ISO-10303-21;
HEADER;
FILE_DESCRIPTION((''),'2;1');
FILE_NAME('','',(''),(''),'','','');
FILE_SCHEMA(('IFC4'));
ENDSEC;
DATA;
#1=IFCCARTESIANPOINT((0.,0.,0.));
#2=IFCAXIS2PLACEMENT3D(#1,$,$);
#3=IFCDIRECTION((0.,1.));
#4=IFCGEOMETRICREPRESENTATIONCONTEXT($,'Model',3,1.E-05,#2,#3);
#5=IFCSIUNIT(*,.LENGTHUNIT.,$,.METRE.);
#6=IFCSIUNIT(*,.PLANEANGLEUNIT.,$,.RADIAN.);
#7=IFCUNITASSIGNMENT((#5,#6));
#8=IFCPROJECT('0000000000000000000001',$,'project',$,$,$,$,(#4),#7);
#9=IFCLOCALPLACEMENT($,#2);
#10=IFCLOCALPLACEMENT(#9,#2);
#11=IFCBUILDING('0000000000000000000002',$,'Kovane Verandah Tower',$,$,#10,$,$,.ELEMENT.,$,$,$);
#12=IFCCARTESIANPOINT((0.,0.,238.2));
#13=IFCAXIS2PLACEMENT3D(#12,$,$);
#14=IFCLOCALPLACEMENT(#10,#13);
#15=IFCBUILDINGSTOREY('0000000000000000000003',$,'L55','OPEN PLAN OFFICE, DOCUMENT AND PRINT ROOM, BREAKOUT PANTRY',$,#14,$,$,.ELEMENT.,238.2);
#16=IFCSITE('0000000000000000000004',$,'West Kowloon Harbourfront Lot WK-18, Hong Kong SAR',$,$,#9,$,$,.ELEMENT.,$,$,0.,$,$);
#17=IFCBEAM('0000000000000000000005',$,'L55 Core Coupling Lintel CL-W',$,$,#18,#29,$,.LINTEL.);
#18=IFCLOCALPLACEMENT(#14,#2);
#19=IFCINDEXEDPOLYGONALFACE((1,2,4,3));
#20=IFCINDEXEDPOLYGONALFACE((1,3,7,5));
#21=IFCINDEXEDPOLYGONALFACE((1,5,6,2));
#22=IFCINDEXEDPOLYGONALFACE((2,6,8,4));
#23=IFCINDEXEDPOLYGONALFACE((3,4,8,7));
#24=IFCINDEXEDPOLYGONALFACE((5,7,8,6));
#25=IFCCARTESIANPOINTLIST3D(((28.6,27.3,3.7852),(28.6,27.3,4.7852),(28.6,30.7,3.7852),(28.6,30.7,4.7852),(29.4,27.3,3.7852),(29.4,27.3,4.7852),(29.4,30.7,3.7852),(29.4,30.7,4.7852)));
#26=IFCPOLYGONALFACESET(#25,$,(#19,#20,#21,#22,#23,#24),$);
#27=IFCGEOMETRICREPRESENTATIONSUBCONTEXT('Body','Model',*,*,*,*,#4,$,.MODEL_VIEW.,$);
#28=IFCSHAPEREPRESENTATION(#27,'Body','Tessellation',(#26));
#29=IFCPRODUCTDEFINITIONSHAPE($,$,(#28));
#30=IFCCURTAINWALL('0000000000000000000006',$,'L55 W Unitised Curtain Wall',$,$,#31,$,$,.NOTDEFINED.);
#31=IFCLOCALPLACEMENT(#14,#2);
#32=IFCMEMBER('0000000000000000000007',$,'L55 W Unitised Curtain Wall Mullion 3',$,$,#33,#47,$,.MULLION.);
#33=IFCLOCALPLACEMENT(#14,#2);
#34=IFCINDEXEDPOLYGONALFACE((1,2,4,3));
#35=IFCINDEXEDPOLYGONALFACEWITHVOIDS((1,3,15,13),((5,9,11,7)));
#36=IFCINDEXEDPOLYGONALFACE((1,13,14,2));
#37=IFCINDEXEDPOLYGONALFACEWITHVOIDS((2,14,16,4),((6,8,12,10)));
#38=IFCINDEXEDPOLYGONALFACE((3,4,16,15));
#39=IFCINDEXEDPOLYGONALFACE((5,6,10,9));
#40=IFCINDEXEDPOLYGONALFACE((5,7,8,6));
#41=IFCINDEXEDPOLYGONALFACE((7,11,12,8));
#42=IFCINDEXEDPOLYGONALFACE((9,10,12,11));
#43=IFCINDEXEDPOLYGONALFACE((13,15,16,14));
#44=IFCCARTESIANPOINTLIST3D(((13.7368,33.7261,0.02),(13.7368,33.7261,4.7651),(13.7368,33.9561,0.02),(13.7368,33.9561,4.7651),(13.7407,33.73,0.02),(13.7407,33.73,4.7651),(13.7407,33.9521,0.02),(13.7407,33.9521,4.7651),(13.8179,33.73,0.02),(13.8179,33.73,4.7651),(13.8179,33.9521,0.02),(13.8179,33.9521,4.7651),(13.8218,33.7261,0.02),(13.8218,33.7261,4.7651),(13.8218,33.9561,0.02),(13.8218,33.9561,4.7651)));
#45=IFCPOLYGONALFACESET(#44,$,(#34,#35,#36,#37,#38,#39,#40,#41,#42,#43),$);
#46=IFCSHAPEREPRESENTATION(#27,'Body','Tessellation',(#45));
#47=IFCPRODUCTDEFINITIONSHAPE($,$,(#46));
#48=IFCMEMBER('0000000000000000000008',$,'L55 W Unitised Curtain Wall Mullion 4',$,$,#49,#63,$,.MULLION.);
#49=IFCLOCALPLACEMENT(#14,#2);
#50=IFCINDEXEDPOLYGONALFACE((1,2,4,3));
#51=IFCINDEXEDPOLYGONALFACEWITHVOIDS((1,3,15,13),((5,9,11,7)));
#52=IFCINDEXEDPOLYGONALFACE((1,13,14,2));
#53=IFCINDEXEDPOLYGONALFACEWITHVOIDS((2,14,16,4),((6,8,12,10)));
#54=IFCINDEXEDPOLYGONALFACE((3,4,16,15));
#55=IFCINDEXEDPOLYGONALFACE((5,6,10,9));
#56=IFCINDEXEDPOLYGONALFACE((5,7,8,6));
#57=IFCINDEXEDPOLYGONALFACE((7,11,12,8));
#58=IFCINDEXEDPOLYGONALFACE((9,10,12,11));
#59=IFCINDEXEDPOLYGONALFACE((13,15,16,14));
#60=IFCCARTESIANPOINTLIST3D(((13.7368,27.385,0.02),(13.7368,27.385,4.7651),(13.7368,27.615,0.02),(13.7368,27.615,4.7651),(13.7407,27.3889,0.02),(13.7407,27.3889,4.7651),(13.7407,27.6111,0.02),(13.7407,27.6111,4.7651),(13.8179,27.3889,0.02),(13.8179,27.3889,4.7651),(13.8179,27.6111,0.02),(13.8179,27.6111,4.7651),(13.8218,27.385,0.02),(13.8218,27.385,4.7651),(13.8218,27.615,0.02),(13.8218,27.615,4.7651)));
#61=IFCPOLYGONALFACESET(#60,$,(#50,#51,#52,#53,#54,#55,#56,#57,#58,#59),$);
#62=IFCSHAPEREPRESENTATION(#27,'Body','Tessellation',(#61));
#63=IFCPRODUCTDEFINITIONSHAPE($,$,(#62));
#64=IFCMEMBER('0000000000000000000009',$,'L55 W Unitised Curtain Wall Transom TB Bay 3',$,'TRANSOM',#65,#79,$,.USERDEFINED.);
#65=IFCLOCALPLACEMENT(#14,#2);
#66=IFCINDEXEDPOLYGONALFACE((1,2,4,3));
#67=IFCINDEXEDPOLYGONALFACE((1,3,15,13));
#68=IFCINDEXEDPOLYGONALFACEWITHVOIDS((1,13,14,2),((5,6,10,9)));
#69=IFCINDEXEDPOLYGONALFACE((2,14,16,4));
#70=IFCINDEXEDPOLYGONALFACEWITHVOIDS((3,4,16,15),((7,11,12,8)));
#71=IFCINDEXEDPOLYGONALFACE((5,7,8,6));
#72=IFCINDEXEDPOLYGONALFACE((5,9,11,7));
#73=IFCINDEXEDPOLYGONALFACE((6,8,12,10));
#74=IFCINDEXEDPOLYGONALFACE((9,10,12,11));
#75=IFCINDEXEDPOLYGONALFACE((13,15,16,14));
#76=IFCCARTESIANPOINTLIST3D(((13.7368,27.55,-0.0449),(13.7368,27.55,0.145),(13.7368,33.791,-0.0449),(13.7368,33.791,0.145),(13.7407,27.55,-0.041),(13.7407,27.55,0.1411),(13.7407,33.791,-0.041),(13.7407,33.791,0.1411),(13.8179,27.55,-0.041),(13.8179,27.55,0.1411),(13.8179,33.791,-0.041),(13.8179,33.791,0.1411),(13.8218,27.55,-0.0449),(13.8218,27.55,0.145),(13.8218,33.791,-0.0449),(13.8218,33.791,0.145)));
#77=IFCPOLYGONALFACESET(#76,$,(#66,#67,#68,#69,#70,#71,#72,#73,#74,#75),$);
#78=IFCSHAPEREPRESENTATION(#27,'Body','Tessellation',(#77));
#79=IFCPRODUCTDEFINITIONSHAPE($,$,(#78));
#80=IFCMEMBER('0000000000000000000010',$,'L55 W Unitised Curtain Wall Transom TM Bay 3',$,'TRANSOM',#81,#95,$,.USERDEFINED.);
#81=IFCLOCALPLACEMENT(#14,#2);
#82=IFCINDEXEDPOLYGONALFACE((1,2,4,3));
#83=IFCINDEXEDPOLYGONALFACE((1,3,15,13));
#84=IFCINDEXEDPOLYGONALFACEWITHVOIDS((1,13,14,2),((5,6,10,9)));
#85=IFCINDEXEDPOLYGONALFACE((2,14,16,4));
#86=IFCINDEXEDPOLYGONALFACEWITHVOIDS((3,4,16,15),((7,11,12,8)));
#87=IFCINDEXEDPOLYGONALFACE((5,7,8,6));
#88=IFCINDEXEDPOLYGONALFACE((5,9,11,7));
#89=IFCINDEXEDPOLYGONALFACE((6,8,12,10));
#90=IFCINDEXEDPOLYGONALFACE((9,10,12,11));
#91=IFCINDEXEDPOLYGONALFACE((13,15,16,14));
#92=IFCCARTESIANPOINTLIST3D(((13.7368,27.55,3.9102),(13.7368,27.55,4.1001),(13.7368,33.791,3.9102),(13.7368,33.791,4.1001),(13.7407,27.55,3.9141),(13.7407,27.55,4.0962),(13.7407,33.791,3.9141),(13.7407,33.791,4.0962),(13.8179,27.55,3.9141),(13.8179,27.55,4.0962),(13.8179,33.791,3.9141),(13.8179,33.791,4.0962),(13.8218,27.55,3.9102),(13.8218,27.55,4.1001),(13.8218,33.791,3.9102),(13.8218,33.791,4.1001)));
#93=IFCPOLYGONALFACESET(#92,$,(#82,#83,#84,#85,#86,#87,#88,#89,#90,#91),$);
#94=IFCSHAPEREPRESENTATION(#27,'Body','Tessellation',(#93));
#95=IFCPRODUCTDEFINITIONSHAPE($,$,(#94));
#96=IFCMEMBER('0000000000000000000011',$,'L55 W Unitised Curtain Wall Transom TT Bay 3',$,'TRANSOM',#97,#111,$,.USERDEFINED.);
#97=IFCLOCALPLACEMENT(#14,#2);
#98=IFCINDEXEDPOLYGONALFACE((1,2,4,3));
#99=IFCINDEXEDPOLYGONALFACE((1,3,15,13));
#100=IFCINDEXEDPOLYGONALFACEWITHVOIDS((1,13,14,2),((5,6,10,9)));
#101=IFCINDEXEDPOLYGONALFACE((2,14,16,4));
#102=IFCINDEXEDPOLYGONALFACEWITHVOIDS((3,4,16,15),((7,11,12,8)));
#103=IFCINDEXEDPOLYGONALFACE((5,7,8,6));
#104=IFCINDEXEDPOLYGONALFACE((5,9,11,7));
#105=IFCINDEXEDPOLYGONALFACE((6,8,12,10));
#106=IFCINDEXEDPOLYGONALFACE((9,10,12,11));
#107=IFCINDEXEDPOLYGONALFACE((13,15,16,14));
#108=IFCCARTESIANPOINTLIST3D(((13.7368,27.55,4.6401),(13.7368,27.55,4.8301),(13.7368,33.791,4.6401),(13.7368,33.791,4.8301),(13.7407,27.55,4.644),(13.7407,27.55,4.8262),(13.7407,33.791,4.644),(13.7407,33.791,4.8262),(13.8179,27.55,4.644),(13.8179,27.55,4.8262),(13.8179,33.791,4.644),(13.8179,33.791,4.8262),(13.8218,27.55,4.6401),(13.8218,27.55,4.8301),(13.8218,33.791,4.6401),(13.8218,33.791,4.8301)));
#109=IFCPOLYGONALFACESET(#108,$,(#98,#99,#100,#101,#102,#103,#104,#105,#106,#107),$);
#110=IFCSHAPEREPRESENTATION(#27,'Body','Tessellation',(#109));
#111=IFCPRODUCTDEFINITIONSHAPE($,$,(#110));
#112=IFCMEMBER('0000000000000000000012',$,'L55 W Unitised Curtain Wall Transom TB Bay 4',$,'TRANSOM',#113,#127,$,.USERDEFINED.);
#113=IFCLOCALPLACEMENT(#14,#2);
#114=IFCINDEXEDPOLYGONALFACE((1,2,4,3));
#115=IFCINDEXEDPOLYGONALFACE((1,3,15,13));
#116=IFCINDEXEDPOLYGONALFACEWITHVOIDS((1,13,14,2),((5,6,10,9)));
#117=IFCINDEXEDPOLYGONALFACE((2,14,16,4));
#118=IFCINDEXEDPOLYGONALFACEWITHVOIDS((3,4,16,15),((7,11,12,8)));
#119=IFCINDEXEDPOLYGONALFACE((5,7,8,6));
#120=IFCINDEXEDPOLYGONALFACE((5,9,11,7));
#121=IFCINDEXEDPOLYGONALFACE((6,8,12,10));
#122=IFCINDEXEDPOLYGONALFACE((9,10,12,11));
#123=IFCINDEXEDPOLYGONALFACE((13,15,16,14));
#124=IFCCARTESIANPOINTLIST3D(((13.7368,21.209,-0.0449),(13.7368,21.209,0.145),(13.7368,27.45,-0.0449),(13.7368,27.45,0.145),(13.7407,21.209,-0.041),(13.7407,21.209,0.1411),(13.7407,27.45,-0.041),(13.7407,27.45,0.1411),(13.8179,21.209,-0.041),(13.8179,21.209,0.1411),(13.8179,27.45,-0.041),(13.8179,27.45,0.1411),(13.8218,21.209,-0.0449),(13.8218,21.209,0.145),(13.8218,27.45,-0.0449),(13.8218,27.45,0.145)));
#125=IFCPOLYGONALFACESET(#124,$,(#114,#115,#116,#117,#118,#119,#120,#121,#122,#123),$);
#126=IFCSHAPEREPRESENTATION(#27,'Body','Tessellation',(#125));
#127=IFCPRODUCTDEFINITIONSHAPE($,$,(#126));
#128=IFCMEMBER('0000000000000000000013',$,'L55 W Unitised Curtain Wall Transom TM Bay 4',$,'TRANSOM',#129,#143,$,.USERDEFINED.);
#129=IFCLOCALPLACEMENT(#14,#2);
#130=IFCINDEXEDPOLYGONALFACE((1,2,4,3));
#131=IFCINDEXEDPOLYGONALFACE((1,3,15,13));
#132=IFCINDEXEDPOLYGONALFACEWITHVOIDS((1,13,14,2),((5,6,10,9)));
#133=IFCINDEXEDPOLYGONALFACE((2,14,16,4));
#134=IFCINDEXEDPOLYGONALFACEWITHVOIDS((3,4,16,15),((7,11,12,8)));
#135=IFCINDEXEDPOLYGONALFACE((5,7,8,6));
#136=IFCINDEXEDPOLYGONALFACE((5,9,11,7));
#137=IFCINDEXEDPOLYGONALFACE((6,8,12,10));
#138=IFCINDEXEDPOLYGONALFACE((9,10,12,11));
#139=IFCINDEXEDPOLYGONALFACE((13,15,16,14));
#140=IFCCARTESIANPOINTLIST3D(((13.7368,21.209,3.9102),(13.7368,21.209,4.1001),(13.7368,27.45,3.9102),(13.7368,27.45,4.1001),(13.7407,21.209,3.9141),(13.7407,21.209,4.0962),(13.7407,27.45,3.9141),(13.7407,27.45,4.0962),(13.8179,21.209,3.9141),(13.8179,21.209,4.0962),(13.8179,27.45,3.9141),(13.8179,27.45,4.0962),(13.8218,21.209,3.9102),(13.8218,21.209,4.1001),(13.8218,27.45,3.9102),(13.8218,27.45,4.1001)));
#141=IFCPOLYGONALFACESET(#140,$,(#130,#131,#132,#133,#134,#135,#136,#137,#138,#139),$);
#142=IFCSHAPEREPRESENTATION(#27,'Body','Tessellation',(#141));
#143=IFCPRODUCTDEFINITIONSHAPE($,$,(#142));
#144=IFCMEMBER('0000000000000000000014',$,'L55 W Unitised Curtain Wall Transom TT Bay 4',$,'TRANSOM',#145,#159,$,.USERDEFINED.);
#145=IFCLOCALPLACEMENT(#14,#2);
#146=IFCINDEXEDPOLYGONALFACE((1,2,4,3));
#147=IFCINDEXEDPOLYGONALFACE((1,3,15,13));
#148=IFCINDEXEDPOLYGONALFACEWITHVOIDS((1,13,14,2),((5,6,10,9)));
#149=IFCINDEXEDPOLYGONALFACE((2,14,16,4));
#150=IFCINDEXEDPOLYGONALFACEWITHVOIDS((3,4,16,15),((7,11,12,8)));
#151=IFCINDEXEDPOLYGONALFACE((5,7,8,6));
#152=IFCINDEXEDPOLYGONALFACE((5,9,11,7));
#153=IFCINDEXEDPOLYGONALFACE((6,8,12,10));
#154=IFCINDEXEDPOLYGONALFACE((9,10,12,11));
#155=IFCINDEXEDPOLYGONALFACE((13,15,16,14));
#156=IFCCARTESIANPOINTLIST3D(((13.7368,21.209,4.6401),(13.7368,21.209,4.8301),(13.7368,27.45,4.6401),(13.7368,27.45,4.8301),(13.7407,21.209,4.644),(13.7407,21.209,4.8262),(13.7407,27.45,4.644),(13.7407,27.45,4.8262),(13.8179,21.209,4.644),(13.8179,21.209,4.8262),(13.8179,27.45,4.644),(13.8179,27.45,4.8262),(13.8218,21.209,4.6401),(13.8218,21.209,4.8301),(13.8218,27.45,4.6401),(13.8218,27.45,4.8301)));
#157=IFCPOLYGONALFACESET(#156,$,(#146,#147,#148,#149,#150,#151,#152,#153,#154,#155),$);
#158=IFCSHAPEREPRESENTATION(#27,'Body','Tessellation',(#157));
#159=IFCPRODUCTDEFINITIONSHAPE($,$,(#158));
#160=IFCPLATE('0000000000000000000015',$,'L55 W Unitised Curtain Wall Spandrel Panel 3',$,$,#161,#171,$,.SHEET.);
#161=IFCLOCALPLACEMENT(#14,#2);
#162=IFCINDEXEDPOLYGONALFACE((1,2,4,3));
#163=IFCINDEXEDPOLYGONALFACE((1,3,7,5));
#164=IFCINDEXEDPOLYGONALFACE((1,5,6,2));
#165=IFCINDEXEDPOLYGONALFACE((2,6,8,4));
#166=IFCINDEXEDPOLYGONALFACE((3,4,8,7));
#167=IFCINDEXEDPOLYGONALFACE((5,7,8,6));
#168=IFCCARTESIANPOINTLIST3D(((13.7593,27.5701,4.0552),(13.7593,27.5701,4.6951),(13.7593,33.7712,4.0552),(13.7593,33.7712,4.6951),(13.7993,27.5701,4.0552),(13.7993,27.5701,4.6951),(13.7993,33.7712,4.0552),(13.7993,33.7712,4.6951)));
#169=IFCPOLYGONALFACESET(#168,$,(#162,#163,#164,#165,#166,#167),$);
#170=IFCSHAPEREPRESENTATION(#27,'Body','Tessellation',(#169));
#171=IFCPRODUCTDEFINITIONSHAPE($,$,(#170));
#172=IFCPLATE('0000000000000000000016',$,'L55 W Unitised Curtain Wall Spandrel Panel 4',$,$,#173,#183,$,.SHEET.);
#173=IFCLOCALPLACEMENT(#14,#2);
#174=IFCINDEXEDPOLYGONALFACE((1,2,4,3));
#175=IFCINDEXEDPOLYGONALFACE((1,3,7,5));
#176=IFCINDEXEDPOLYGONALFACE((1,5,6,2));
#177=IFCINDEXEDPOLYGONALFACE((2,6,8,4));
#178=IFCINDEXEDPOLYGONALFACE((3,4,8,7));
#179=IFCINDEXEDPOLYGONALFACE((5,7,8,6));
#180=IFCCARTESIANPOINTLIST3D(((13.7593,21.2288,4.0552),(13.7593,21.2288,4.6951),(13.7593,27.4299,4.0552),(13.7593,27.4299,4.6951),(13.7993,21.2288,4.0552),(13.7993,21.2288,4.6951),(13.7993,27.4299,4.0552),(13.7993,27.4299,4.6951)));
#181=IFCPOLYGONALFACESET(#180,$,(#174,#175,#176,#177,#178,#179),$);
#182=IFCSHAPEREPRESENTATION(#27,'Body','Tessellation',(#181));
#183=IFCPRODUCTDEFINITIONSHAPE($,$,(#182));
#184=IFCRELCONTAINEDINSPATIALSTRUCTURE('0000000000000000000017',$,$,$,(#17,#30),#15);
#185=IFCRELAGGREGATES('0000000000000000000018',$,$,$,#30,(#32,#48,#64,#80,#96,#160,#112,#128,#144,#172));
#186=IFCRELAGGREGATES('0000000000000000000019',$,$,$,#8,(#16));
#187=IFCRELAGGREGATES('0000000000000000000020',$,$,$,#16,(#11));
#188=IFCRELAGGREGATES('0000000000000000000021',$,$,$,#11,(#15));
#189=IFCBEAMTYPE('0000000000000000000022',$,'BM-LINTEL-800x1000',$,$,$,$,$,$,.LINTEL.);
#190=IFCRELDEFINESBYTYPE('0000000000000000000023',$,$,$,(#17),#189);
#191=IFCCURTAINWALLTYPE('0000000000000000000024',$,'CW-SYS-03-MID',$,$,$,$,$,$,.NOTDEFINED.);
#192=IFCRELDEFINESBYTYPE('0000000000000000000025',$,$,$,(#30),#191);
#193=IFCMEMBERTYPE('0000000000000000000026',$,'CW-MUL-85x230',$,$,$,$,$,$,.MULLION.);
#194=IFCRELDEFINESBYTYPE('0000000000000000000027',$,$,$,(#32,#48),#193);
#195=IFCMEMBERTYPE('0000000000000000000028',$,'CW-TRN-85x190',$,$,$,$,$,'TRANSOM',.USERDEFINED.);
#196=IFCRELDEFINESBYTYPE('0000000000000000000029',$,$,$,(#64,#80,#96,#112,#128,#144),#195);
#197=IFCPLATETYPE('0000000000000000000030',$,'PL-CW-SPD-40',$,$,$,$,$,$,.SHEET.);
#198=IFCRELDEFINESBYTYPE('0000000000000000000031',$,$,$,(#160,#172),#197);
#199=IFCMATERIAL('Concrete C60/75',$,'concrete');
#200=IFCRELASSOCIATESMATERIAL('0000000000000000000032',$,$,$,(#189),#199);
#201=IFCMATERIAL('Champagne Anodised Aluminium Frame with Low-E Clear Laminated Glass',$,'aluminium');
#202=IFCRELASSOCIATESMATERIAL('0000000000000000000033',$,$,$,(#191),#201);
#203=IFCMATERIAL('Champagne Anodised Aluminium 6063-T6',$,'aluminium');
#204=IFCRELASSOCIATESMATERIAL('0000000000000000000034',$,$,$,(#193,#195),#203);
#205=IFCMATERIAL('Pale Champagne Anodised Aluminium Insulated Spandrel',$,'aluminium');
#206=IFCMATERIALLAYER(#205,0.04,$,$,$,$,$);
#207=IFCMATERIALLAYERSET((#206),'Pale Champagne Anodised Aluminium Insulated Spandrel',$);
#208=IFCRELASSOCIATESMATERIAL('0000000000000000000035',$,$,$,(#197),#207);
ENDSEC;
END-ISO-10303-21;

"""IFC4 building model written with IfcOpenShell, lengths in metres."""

from ifc_helpers import new_model, si_unit, direction, frame, origin, origin_2d, place, context, subcontext, project, spatial, rectangle, hollow_rectangle, extrude, material, layer, layer_set, material_profile, profile_set, type_object, element, aggregate, save


model = new_model("IFC4")

# Units and contexts
model_context = context("Model", 3, precision=1e-05, world=origin(), true_north=direction((0.0, 1.0)))
body_context = subcontext(model_context, "Body", "Model", "MODEL_VIEW")
ifc_project = project(units=[si_unit("LENGTHUNIT", "METRE"), si_unit("PLANEANGLEUNIT", "RADIAN")], contexts=[model_context])

# Site, building, storey
site_placement = place(None, origin())
site = spatial("IfcSite", under=ifc_project, at=site_placement, Name="West Kowloon Harbourfront Lot WK-18, Hong Kong SAR", CompositionType="ELEMENT", RefElevation=0.0)
building_placement = place(site_placement, origin())
building = spatial("IfcBuilding", under=site, at=building_placement, Name="Kovane Verandah Tower", CompositionType="ELEMENT")
storey_placement = place(building_placement, frame((0.0, 0.0, 238.2)))
storey = spatial("IfcBuildingStorey", under=building, at=storey_placement, Name="L55", Description="OPEN PLAN OFFICE, DOCUMENT AND PRINT ROOM, BREAKOUT PANTRY", CompositionType="ELEMENT", Elevation=238.2)

# Beam
ifc_material_1 = material(Name="Concrete C60/75", Category="concrete")
ifc_material_profile_1 = material_profile(ifc_material_1, rectangle(XDim=0.8, YDim=1.0, at=origin_2d()), Name="RCB800x1000")
ifc_profile_set_1 = profile_set([ifc_material_profile_1], Name="Concrete C60/75")
beam_type = type_object("IfcBeamType", Name="BM-LINTEL-800x1000", PredefinedType="LINTEL", material=ifc_profile_set_1)
beam_placement = place(storey_placement, frame((29.0, 27.3, 4.2852), z_axis=(0.0, 1.0, 0.0), x_axis=(-1.0, 0.0, 0.0)))
element("IfcBeam", 1, at=beam_placement, inside=storey, type_object=beam_type, Name="L55 Core Coupling Lintel CL-W", PredefinedType="LINTEL", context=body_context, shape_type="SweptSolid", body=[
    extrude(rectangle(XDim=0.8, YDim=1.0, at=origin_2d()), origin(), (0.0, 0.0, 1.0), 3.3999),
])

# Curtain wall, members, plates
ifc_material_2 = material(Name="Champagne Anodised Aluminium Frame with Low-E Clear Laminated Glass", Category="aluminium")
curtain_wall_type = type_object("IfcCurtainWallType", Name="CW-SYS-03-MID", PredefinedType="NOTDEFINED", material=ifc_material_2)
curtain_wall_placement = place(storey_placement, origin())
curtain_wall = element("IfcCurtainWall", 2, at=curtain_wall_placement, inside=storey, type_object=curtain_wall_type, Name="L55 W Unitised Curtain Wall", PredefinedType="NOTDEFINED")
ifc_material_3 = material(Name="Champagne Anodised Aluminium 6063-T6", Category="aluminium")
ifc_material_profile_2 = material_profile(ifc_material_3, hollow_rectangle(XDim=0.085, YDim=0.23, WallThickness=0.0039, at=origin_2d()), Name="AL85x230x4")
ifc_profile_set_2 = profile_set([ifc_material_profile_2], Name="Champagne Anodised Aluminium 6063-T6")
member_type_1 = type_object("IfcMemberType", Name="CW-MUL-85x230", PredefinedType="MULLION", material=ifc_profile_set_2)
member_1_placement = place(storey_placement, frame((13.7793, 33.8411, 0.02), z_axis=(0.0, 0.0, 1.0), x_axis=(-1.0, 0.0, 0.0)))
member_1 = element("IfcMember", 3, at=member_1_placement, type_object=member_type_1, Name="L55 W Unitised Curtain Wall Mullion 3", PredefinedType="MULLION", context=body_context, shape_type="SweptSolid", body=[
    extrude(hollow_rectangle(XDim=0.085, YDim=0.23, WallThickness=0.0039, at=origin_2d()), origin(), (0.0, 0.0, 1.0), 4.7451),
])
member_2_placement = place(storey_placement, frame((13.7793, 27.5, 0.02), z_axis=(0.0, 0.0, 1.0), x_axis=(-1.0, 0.0, 0.0)))
member_2 = element("IfcMember", 4, at=member_2_placement, type_object=member_type_1, Name="L55 W Unitised Curtain Wall Mullion 4", PredefinedType="MULLION", context=body_context, shape_type="SweptSolid", body=[
    extrude(hollow_rectangle(XDim=0.085, YDim=0.23, WallThickness=0.0039, at=origin_2d()), origin(), (0.0, 0.0, 1.0), 4.7451),
])
ifc_material_profile_3 = material_profile(ifc_material_3, hollow_rectangle(XDim=0.085, YDim=0.1899, WallThickness=0.0039, at=origin_2d()), Name="AL85x190x4")
ifc_profile_set_3 = profile_set([ifc_material_profile_3], Name="Champagne Anodised Aluminium 6063-T6")
member_type_2 = type_object("IfcMemberType", Name="CW-TRN-85x190", ElementType="TRANSOM", PredefinedType="USERDEFINED", material=ifc_profile_set_3)
member_3_placement = place(storey_placement, frame((13.7793, 33.791, 0.05), z_axis=(0.0, -1.0, 0.0), x_axis=(1.0, 0.0, 0.0)))
member_3 = element("IfcMember", 5, at=member_3_placement, type_object=member_type_2, Name="L55 W Unitised Curtain Wall Transom TB Bay 3", ObjectType="TRANSOM", PredefinedType="USERDEFINED", context=body_context, shape_type="SweptSolid", body=[
    extrude(hollow_rectangle(XDim=0.085, YDim=0.1899, WallThickness=0.0039, at=origin_2d()), origin(), (0.0, 0.0, 1.0), 6.241),
])
member_4_placement = place(storey_placement, frame((13.7793, 33.791, 4.0051), z_axis=(0.0, -1.0, 0.0), x_axis=(1.0, 0.0, 0.0)))
member_4 = element("IfcMember", 6, at=member_4_placement, type_object=member_type_2, Name="L55 W Unitised Curtain Wall Transom TM Bay 3", ObjectType="TRANSOM", PredefinedType="USERDEFINED", context=body_context, shape_type="SweptSolid", body=[
    extrude(hollow_rectangle(XDim=0.085, YDim=0.1899, WallThickness=0.0039, at=origin_2d()), origin(), (0.0, 0.0, 1.0), 6.241),
])
member_5_placement = place(storey_placement, frame((13.7793, 33.791, 4.7351), z_axis=(0.0, -1.0, 0.0), x_axis=(1.0, 0.0, 0.0)))
member_5 = element("IfcMember", 7, at=member_5_placement, type_object=member_type_2, Name="L55 W Unitised Curtain Wall Transom TT Bay 3", ObjectType="TRANSOM", PredefinedType="USERDEFINED", context=body_context, shape_type="SweptSolid", body=[
    extrude(hollow_rectangle(XDim=0.085, YDim=0.1899, WallThickness=0.0039, at=origin_2d()), origin(), (0.0, 0.0, 1.0), 6.241),
])
member_6_placement = place(storey_placement, frame((13.7793, 27.45, 0.05), z_axis=(0.0, -1.0, 0.0), x_axis=(1.0, 0.0, 0.0)))
member_6 = element("IfcMember", 8, at=member_6_placement, type_object=member_type_2, Name="L55 W Unitised Curtain Wall Transom TB Bay 4", ObjectType="TRANSOM", PredefinedType="USERDEFINED", context=body_context, shape_type="SweptSolid", body=[
    extrude(hollow_rectangle(XDim=0.085, YDim=0.1899, WallThickness=0.0039, at=origin_2d()), origin(), (0.0, 0.0, 1.0), 6.241),
])
member_7_placement = place(storey_placement, frame((13.7793, 27.45, 4.0051), z_axis=(0.0, -1.0, 0.0), x_axis=(1.0, 0.0, 0.0)))
member_7 = element("IfcMember", 9, at=member_7_placement, type_object=member_type_2, Name="L55 W Unitised Curtain Wall Transom TM Bay 4", ObjectType="TRANSOM", PredefinedType="USERDEFINED", context=body_context, shape_type="SweptSolid", body=[
    extrude(hollow_rectangle(XDim=0.085, YDim=0.1899, WallThickness=0.0039, at=origin_2d()), origin(), (0.0, 0.0, 1.0), 6.241),
])
member_8_placement = place(storey_placement, frame((13.7793, 27.45, 4.7351), z_axis=(0.0, -1.0, 0.0), x_axis=(1.0, 0.0, 0.0)))
member_8 = element("IfcMember", 10, at=member_8_placement, type_object=member_type_2, Name="L55 W Unitised Curtain Wall Transom TT Bay 4", ObjectType="TRANSOM", PredefinedType="USERDEFINED", context=body_context, shape_type="SweptSolid", body=[
    extrude(hollow_rectangle(XDim=0.085, YDim=0.1899, WallThickness=0.0039, at=origin_2d()), origin(), (0.0, 0.0, 1.0), 6.241),
])
ifc_material_4 = material(Name="Pale Champagne Anodised Aluminium Insulated Spandrel", Category="aluminium")
ifc_layer_1 = layer(ifc_material_4, 0.04)
ifc_layer_set_1 = layer_set([ifc_layer_1], Name="Pale Champagne Anodised Aluminium Insulated Spandrel")
plate_type_1 = type_object("IfcPlateType", Name="PL-CW-SPD-40", PredefinedType="SHEET", material=ifc_layer_set_1)
plate_1_placement = place(storey_placement, frame((13.7793, 30.6707, 4.0552), z_axis=(0.0, 0.0, 1.0), x_axis=(0.0, -1.0, 0.0)))
plate_1 = element("IfcPlate", 11, at=plate_1_placement, type_object=plate_type_1, Name="L55 W Unitised Curtain Wall Spandrel Panel 3", PredefinedType="SHEET", context=body_context, shape_type="SweptSolid", body=[
    extrude(rectangle(XDim=6.2012, YDim=0.04, at=origin_2d()), origin(), (0.0, 0.0, 1.0), 0.6399),
])
plate_2_placement = place(storey_placement, frame((13.7793, 24.3293, 4.0552), z_axis=(0.0, 0.0, 1.0), x_axis=(0.0, -1.0, 0.0)))
plate_2 = element("IfcPlate", 12, at=plate_2_placement, type_object=plate_type_1, Name="L55 W Unitised Curtain Wall Spandrel Panel 4", PredefinedType="SHEET", context=body_context, shape_type="SweptSolid", body=[
    extrude(rectangle(XDim=6.2012, YDim=0.04, at=origin_2d()), origin(), (0.0, 0.0, 1.0), 0.6399),
])
aggregate(curtain_wall, [member_1, member_2, member_3, member_4, member_5, plate_1, member_6, member_7, member_8, plate_2])

save(model, "model.ifc")
